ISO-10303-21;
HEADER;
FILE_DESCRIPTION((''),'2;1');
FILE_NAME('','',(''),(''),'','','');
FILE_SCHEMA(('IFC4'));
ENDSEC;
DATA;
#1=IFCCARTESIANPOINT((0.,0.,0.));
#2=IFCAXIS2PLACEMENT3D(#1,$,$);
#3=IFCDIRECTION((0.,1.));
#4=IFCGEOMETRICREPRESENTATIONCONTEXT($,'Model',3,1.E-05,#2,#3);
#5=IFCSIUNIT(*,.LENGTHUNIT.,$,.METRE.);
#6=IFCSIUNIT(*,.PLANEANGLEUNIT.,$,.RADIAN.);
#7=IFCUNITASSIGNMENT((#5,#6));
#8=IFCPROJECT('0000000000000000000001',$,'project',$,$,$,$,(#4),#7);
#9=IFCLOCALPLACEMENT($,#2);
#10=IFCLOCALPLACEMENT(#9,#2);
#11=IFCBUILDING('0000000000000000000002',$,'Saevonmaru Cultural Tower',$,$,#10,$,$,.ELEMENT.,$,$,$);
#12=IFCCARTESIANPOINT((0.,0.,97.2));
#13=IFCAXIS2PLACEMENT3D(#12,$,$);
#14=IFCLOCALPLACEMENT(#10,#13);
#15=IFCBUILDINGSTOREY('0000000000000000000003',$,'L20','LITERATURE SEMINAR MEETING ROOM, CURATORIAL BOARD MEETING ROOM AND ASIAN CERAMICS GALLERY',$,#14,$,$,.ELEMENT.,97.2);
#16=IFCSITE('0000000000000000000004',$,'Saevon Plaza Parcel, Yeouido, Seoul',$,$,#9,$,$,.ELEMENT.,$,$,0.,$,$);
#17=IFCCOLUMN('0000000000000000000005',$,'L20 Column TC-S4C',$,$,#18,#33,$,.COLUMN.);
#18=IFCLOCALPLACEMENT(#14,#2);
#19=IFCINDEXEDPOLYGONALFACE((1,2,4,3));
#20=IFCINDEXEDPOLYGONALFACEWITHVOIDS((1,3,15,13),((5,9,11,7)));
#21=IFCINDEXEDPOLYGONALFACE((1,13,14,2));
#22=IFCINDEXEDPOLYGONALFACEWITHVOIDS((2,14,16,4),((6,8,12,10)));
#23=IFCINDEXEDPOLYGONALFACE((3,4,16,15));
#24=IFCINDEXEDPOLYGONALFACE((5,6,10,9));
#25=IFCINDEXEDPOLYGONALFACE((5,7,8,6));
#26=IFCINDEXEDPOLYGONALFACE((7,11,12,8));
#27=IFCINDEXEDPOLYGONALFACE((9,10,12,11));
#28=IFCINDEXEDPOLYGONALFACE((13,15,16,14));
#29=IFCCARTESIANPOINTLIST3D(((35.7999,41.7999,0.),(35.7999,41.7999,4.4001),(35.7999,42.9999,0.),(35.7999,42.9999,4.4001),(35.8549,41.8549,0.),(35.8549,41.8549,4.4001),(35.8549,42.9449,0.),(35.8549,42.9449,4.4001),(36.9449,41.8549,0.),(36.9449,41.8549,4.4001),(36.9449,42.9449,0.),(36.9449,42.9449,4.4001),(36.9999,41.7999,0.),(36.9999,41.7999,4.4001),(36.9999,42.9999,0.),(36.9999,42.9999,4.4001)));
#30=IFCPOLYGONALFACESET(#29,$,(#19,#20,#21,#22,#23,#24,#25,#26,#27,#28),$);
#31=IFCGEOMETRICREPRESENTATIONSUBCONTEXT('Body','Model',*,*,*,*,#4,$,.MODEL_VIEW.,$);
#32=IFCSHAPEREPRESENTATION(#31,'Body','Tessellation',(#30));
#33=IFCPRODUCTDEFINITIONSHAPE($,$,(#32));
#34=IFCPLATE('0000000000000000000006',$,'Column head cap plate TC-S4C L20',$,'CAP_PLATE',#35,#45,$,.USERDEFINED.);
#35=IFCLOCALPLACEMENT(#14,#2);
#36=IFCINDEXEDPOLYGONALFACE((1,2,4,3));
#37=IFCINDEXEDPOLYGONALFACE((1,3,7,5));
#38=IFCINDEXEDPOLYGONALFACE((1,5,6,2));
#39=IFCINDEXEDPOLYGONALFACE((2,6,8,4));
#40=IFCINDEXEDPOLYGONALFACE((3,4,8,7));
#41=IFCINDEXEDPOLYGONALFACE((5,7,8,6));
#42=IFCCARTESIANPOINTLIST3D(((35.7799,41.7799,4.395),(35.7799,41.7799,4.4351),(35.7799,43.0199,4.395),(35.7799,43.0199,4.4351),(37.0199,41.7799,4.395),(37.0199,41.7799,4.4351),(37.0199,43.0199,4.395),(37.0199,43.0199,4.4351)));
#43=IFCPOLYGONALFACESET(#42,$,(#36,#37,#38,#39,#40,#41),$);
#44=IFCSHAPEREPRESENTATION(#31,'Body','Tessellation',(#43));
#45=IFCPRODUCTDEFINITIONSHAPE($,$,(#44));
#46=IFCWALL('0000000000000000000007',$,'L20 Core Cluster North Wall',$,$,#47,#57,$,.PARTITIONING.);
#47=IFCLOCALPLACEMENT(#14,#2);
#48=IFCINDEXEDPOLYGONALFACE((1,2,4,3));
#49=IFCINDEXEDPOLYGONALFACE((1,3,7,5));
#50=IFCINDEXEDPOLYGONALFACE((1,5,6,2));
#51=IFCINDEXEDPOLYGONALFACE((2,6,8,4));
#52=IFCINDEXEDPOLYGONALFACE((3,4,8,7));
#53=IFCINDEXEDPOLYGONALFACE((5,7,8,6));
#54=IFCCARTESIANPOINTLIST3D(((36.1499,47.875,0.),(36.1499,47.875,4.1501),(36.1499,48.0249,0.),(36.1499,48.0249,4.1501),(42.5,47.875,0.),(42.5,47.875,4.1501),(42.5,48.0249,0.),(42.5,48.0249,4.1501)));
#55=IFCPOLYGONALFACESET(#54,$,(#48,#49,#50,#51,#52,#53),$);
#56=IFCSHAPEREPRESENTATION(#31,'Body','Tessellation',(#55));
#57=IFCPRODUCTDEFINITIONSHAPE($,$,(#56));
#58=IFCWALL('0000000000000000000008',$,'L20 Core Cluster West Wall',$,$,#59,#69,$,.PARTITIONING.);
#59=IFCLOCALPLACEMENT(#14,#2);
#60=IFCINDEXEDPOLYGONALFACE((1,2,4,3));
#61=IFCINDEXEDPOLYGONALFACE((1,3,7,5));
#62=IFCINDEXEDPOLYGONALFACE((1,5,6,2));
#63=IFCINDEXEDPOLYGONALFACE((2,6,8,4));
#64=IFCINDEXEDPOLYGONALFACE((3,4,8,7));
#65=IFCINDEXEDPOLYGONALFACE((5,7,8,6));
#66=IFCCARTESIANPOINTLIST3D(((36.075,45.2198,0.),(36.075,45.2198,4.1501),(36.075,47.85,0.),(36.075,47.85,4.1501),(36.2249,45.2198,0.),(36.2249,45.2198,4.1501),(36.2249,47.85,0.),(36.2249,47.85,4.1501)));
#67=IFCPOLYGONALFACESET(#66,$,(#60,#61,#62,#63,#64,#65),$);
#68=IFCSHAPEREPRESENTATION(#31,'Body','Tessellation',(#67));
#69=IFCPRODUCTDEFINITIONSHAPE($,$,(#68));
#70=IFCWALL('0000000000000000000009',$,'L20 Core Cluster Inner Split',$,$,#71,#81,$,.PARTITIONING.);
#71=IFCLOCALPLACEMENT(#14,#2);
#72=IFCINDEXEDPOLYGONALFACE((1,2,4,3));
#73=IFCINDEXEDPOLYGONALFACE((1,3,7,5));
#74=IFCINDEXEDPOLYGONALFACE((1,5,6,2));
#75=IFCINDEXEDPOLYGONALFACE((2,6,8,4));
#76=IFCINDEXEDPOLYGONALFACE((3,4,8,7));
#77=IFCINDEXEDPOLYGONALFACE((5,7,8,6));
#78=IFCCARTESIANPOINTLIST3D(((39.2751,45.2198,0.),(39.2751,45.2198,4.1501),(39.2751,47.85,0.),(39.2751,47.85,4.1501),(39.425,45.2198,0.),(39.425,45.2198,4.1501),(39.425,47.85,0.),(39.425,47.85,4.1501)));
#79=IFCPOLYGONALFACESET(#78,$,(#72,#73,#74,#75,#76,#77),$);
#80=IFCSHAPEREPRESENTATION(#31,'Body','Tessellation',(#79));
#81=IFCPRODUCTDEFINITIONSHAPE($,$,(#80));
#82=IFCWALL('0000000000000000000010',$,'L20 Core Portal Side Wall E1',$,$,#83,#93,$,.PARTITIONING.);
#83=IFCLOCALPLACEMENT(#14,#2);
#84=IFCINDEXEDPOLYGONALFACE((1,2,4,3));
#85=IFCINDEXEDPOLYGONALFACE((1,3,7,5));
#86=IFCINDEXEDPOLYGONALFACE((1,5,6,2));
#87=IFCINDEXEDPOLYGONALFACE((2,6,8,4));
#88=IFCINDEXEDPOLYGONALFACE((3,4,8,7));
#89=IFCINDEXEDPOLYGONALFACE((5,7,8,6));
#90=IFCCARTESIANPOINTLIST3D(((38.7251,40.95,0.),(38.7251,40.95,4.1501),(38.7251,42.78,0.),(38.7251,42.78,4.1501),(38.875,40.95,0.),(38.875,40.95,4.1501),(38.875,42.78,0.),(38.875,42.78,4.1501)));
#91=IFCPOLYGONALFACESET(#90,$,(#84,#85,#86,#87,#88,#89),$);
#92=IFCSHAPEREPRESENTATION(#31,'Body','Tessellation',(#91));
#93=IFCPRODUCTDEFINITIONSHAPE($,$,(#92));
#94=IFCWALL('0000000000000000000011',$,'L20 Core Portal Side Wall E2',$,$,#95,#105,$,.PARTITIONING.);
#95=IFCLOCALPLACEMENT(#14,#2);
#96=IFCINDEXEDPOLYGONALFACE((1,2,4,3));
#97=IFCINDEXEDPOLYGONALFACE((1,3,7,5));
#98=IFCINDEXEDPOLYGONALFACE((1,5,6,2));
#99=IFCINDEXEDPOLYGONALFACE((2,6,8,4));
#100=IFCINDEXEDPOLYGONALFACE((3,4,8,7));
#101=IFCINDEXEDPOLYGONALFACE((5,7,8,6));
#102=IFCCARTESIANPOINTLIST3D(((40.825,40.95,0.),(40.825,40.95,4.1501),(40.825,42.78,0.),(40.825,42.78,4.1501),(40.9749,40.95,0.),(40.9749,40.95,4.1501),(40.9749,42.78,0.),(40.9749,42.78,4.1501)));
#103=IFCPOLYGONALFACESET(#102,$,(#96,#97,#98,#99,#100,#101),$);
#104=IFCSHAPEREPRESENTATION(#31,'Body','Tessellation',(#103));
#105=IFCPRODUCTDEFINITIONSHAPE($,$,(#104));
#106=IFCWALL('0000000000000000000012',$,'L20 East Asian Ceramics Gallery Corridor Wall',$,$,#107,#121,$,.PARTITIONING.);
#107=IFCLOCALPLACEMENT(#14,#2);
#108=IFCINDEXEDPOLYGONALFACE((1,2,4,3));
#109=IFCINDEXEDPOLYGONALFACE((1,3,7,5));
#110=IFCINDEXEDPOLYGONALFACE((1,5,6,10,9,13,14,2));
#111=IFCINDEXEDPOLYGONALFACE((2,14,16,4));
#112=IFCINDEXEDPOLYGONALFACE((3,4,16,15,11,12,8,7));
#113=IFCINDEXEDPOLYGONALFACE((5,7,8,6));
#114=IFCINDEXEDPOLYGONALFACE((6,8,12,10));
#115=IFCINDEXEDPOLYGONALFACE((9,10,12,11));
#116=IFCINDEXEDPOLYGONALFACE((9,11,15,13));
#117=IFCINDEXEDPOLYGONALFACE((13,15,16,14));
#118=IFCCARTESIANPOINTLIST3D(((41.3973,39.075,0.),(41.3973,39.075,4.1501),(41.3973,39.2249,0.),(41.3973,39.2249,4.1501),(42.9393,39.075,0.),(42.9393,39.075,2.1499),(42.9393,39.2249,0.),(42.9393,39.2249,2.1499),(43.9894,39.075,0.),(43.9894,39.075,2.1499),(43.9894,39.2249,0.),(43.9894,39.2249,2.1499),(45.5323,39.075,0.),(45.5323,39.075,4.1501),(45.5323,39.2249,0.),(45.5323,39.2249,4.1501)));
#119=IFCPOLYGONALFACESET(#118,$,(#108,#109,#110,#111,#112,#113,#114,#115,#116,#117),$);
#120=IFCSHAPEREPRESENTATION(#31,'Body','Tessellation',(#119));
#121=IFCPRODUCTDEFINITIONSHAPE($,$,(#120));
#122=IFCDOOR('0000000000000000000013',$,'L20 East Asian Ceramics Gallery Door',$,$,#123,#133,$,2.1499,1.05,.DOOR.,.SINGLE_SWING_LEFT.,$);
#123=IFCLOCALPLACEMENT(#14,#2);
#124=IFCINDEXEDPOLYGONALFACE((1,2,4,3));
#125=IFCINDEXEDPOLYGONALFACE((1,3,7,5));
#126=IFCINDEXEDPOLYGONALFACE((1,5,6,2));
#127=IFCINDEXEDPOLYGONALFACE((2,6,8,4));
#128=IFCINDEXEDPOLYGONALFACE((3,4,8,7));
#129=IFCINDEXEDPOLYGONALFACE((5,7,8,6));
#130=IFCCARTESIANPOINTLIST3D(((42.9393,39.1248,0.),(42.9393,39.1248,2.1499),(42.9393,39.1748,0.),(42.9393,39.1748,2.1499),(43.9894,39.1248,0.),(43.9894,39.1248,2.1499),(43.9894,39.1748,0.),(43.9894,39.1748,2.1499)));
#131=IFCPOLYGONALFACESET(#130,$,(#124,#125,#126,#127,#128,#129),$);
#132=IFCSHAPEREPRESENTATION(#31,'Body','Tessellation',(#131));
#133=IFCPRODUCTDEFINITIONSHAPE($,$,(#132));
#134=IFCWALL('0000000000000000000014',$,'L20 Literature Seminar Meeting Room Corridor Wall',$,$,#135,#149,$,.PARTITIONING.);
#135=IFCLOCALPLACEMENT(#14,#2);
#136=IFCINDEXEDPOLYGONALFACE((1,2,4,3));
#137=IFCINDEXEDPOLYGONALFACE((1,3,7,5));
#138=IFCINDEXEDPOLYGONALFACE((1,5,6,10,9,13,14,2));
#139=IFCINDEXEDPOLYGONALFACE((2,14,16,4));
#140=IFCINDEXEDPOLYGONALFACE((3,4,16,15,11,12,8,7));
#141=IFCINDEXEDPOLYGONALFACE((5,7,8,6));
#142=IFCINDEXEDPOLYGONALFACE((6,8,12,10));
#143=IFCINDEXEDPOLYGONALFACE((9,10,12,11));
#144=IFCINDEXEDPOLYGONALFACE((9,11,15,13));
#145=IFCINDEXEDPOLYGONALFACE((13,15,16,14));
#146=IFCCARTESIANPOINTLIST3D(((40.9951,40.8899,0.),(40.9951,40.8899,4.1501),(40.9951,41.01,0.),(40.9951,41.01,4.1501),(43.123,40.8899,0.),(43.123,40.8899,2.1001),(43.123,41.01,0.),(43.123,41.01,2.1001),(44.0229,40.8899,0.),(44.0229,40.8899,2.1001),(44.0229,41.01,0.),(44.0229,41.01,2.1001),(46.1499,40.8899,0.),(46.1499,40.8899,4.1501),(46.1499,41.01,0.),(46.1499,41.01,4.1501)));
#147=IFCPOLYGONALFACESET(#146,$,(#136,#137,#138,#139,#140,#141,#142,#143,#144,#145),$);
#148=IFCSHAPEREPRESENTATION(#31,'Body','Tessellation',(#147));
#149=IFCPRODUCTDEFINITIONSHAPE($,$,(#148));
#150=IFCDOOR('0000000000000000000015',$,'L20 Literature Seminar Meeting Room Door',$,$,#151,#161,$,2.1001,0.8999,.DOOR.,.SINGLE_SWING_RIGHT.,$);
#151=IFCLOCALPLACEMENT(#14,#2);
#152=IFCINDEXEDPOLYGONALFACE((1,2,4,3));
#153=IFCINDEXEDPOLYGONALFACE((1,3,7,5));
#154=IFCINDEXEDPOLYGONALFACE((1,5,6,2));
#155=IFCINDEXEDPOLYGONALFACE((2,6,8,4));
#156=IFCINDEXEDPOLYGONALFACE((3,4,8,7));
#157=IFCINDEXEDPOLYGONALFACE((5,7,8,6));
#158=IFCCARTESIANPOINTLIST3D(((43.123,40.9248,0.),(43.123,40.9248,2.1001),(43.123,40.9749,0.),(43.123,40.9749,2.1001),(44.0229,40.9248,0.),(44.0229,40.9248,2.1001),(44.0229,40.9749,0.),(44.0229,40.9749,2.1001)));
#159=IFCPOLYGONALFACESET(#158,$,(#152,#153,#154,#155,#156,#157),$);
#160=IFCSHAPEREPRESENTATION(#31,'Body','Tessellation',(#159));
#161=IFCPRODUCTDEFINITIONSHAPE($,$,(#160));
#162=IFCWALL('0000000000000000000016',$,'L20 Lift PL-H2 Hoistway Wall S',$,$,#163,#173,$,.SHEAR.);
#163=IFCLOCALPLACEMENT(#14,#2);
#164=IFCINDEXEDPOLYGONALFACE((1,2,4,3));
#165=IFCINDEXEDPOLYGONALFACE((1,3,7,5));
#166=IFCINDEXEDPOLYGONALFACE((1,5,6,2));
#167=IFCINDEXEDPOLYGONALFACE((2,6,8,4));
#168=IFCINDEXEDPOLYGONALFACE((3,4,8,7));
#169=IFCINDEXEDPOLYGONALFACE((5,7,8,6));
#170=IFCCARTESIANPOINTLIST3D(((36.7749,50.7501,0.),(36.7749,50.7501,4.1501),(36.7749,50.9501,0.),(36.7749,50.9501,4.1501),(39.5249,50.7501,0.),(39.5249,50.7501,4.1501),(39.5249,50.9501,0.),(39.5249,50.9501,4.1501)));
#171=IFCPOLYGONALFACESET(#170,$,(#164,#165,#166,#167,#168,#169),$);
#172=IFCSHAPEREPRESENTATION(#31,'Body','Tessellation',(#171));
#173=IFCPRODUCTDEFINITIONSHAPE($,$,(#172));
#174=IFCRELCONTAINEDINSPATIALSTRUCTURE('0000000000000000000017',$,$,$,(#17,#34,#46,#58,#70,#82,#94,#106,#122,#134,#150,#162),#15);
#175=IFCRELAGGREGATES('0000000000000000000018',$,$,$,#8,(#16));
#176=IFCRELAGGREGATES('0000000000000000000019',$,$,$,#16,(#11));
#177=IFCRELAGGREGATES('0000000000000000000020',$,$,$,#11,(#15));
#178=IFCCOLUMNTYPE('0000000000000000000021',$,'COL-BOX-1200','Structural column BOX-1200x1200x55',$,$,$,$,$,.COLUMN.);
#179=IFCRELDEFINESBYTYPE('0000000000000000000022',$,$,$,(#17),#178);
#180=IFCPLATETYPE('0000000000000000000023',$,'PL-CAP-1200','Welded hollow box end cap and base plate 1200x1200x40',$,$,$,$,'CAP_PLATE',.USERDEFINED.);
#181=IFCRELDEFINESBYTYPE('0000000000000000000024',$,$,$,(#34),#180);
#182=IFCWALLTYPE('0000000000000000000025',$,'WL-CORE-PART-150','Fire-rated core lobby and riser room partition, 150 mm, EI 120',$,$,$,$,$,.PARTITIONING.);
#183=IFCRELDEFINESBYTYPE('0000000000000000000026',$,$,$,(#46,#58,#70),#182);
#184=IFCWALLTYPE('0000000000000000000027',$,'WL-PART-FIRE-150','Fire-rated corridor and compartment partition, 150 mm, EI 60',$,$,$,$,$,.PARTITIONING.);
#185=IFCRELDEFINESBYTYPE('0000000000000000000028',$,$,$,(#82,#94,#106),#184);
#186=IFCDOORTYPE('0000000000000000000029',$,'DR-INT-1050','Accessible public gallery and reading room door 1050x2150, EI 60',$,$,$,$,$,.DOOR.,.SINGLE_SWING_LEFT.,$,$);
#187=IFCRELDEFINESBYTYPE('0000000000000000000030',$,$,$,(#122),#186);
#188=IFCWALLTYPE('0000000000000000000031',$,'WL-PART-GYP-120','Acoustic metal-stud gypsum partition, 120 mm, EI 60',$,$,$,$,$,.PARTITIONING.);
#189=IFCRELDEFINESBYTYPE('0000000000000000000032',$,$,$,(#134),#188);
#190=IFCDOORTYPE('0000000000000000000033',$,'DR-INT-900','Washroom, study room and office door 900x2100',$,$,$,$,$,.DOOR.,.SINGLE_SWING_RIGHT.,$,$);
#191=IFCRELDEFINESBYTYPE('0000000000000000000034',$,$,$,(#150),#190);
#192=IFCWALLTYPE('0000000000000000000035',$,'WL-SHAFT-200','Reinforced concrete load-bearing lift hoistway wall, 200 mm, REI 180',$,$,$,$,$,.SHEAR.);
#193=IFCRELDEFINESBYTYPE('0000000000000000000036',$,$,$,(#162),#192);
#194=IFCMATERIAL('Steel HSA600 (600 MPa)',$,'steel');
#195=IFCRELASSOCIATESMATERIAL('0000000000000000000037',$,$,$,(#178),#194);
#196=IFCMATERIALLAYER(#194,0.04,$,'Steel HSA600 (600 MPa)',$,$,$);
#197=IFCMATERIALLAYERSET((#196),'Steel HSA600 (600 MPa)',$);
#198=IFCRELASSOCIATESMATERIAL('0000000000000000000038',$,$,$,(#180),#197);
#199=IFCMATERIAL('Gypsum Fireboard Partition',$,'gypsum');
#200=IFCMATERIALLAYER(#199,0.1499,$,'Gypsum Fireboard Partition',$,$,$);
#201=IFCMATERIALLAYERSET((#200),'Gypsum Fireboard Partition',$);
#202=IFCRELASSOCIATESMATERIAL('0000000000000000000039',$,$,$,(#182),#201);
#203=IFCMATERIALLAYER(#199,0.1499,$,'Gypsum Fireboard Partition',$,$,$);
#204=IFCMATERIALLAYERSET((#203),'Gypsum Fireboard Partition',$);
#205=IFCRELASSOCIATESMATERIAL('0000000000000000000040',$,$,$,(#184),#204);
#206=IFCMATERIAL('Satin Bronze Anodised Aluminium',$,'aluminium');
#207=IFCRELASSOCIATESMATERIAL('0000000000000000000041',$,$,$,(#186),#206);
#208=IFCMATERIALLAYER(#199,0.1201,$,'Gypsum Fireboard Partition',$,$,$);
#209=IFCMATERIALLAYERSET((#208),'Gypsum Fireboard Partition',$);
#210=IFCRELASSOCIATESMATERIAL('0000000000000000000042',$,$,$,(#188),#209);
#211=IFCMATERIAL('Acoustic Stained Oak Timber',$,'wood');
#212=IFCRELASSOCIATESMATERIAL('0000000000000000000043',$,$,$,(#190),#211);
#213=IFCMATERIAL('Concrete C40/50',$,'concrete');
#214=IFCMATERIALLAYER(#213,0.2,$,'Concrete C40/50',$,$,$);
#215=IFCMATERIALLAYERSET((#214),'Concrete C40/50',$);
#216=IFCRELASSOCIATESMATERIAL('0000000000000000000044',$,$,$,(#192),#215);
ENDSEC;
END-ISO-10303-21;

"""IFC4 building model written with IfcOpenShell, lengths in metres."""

from ifc_helpers import new_model, si_unit, direction, frame, frame_2d, origin, origin_2d, place, context, subcontext, project, spatial, rectangle, hollow_rectangle, extrude, material, layer, layer_set, material_profile, profile_set, type_object, element, fill, save


model = new_model("IFC4")

# Units and contexts
model_context = context("Model", 3, precision=1e-05, world=origin(), true_north=direction((0.0, 1.0)))
body_context = subcontext(model_context, "Body", "Model", "MODEL_VIEW")
ifc_project = project(units=[si_unit("LENGTHUNIT", "METRE"), si_unit("PLANEANGLEUNIT", "RADIAN")], contexts=[model_context])

# Site, building, storey
site_placement = place(None, origin())
site = spatial("IfcSite", under=ifc_project, at=site_placement, Name="Saevon Plaza Parcel, Yeouido, Seoul", CompositionType="ELEMENT", RefElevation=0.0)
building_placement = place(site_placement, origin())
building = spatial("IfcBuilding", under=site, at=building_placement, Name="Saevonmaru Cultural Tower", CompositionType="ELEMENT")
storey_placement = place(building_placement, frame((0.0, 0.0, 97.2)))
storey = spatial("IfcBuildingStorey", under=building, at=storey_placement, Name="L20", Description="LITERATURE SEMINAR MEETING ROOM, CURATORIAL BOARD MEETING ROOM AND ASIAN CERAMICS GALLERY", CompositionType="ELEMENT", Elevation=97.2)

# Column
ifc_material_1 = material(Name="Steel HSA600 (600 MPa)", Category="steel")
ifc_material_profile = material_profile(ifc_material_1, hollow_rectangle(XDim=1.2, YDim=1.2, WallThickness=0.0549, at=origin_2d()), Name="BOX-1200x1200x55")
ifc_profile_set = profile_set([ifc_material_profile], Name="Steel HSA600 (600 MPa)")
column_type = type_object("IfcColumnType", Name="COL-BOX-1200", Description="Structural column BOX-1200x1200x55", PredefinedType="COLUMN", material=ifc_profile_set)
column_placement = place(storey_placement, frame((36.3999, 42.3999, 0.0), z_axis=(0.0, 0.0, 1.0), x_axis=(1.0, 0.0, 0.0)))
element("IfcColumn", 1, at=column_placement, inside=storey, type_object=column_type, Name="L20 Column TC-S4C", PredefinedType="COLUMN", context=body_context, shape_type="SweptSolid", body=[
    extrude(hollow_rectangle(XDim=1.2, YDim=1.2, WallThickness=0.0549, at=origin_2d()), origin(), (0.0, 0.0, 1.0), 4.4001),
])

# Plate
ifc_layer_1 = layer(ifc_material_1, 0.04, Name="Steel HSA600 (600 MPa)")
ifc_layer_set_1 = layer_set([ifc_layer_1], Name="Steel HSA600 (600 MPa)")
plate_type = type_object("IfcPlateType", Name="PL-CAP-1200", Description="Welded hollow box end cap and base plate 1200x1200x40", ElementType="CAP_PLATE", PredefinedType="USERDEFINED", material=ifc_layer_set_1)
plate_placement = place(storey_placement, frame((36.3999, 42.3999, 4.395), z_axis=(0.0, 0.0, 1.0), x_axis=(1.0, 0.0, 0.0)))
element("IfcPlate", 2, at=plate_placement, inside=storey, type_object=plate_type, Name="Column head cap plate TC-S4C L20", ObjectType="CAP_PLATE", PredefinedType="USERDEFINED", context=body_context, shape_type="SweptSolid", body=[
    extrude(rectangle(XDim=1.24, YDim=1.24, at=origin_2d()), origin(), (0.0, 0.0, 1.0), 0.04),
])

# Shared definitions
ifc_material_2 = material(Name="Gypsum Fireboard Partition", Category="gypsum")
ifc_layer_2 = layer(ifc_material_2, 0.1499, Name="Gypsum Fireboard Partition")
ifc_layer_set_2 = layer_set([ifc_layer_2], Name="Gypsum Fireboard Partition")
wall_type_1 = type_object("IfcWallType", Name="WL-CORE-PART-150", Description="Fire-rated core lobby and riser room partition, 150 mm, EI 120", PredefinedType="PARTITIONING", material=ifc_layer_set_2)
ifc_material_3 = material(Name="Satin Bronze Anodised Aluminium", Category="aluminium")

# Walls
wall_1_placement = place(storey_placement, frame((36.1499, 47.95, 0.0), z_axis=(0.0, 0.0, 1.0), x_axis=(1.0, 0.0, 0.0)))
element("IfcWall", 3, at=wall_1_placement, inside=storey, type_object=wall_type_1, Name="L20 Core Cluster North Wall", PredefinedType="PARTITIONING", context=body_context, shape_type="SweptSolid", body=[
    extrude(rectangle(XDim=6.3501, YDim=0.1499, at=frame_2d((3.175, 0.0))), origin(), (0.0, 0.0, 1.0), 4.1501),
])
for number, where, z_axis, x_axis, name in (
    (4, (36.1499, 45.22, 0.0), (0.0, 0.0, 1.0), (0.0, 1.0, 0.0), "L20 Core Cluster West Wall"),
    (5, (39.3501, 45.22, 0.0), (0.0, 0.0, 1.0), (0.0, 1.0, 0.0), "L20 Core Cluster Inner Split"),
):
    element("IfcWall", number, at=place(storey_placement, frame(where, z_axis=z_axis, x_axis=x_axis)), inside=storey, type_object=wall_type_1, Name=name, PredefinedType="PARTITIONING", context=body_context, shape_type="SweptSolid", body=[
        extrude(rectangle(XDim=2.6301, YDim=0.1499, at=frame_2d((1.3149, 0.0))), origin(), (0.0, 0.0, 1.0), 4.1501),
    ])
ifc_layer_3 = layer(ifc_material_2, 0.1499, Name="Gypsum Fireboard Partition")
ifc_layer_set_3 = layer_set([ifc_layer_3], Name="Gypsum Fireboard Partition")
wall_type_2 = type_object("IfcWallType", Name="WL-PART-FIRE-150", Description="Fire-rated corridor and compartment partition, 150 mm, EI 60", PredefinedType="PARTITIONING", material=ifc_layer_set_3)
for number, where, z_axis, x_axis, name in (
    (6, (38.8, 40.95, 0.0), (0.0, 0.0, 1.0), (0.0, 1.0, 0.0), "L20 Core Portal Side Wall E1"),
    (7, (40.8999, 40.95, 0.0), (0.0, 0.0, 1.0), (0.0, 1.0, 0.0), "L20 Core Portal Side Wall E2"),
):
    element("IfcWall", number, at=place(storey_placement, frame(where, z_axis=z_axis, x_axis=x_axis)), inside=storey, type_object=wall_type_2, Name=name, PredefinedType="PARTITIONING", context=body_context, shape_type="SweptSolid", body=[
        extrude(rectangle(XDim=1.8301, YDim=0.1499, at=frame_2d((0.915, 0.0))), origin(), (0.0, 0.0, 1.0), 4.1501),
    ])

# Walls, openings, doors
wall_2_placement = place(storey_placement, frame((41.3975, 39.1499, 0.0), z_axis=(0.0, 0.0, 1.0), x_axis=(1.0, 0.0, 0.0)))
wall_2 = element("IfcWall", 8, at=wall_2_placement, inside=storey, type_object=wall_type_2, Name="L20 East Asian Ceramics Gallery Corridor Wall", PredefinedType="PARTITIONING", context=body_context, shape_type="SweptSolid", body=[
    extrude(rectangle(XDim=4.135, YDim=0.1499, at=frame_2d((2.0674, 0.0))), origin(), (0.0, 0.0, 1.0), 4.1501),
])
opening_1_placement = place(wall_2_placement, frame((1.542, 0.0, 0.0)))
opening_1 = element("IfcOpeningElement", 9, at=opening_1_placement, cuts=wall_2, PredefinedType="OPENING", context=body_context, shape_type="SweptSolid", body=[
    extrude(rectangle(XDim=1.05, YDim=2.1499, at=frame_2d((0.5249, 1.075))), frame((0.0, 0.085, 0.0), z_axis=(0.0, -1.0, 0.0), x_axis=(1.0, 0.0, 0.0)), (0.0, 0.0, 1.0), 0.1699),
])
door_type_1 = type_object("IfcDoorType", Name="DR-INT-1050", Description="Accessible public gallery and reading room door 1050x2150, EI 60", OperationType="SINGLE_SWING_LEFT", PredefinedType="DOOR", material=ifc_material_3)
door_1_placement = place(opening_1_placement, origin())
door_1 = element("IfcDoor", 10, at=door_1_placement, inside=storey, type_object=door_type_1, Name="L20 East Asian Ceramics Gallery Door", OperationType="SINGLE_SWING_LEFT", OverallHeight=2.1499, OverallWidth=1.05, PredefinedType="DOOR", context=body_context, shape_type="SweptSolid", body=[
    extrude(rectangle(XDim=1.05, YDim=2.1499, at=frame_2d((0.5249, 1.075))), frame((0.0, 0.0249, 0.0), z_axis=(0.0, -1.0, 0.0), x_axis=(1.0, 0.0, 0.0)), (0.0, 0.0, 1.0), 0.05),
])
fill(opening_1, door_1)
ifc_layer_4 = layer(ifc_material_2, 0.1201, Name="Gypsum Fireboard Partition")
ifc_layer_set_4 = layer_set([ifc_layer_4], Name="Gypsum Fireboard Partition")
wall_type_3 = type_object("IfcWallType", Name="WL-PART-GYP-120", Description="Acoustic metal-stud gypsum partition, 120 mm, EI 60", PredefinedType="PARTITIONING", material=ifc_layer_set_4)
wall_3_placement = place(storey_placement, frame((40.9951, 40.95, 0.0), z_axis=(0.0, 0.0, 1.0), x_axis=(1.0, 0.0, 0.0)))
wall_3 = element("IfcWall", 11, at=wall_3_placement, inside=storey, type_object=wall_type_3, Name="L20 Literature Seminar Meeting Room Corridor Wall", PredefinedType="PARTITIONING", context=body_context, shape_type="SweptSolid", body=[
    extrude(rectangle(XDim=5.1548, YDim=0.1201, at=frame_2d((2.5774, 0.0))), origin(), (0.0, 0.0, 1.0), 4.1501),
])
opening_2_placement = place(wall_3_placement, frame((2.1279, 0.0, 0.0)))
opening_2 = element("IfcOpeningElement", 12, at=opening_2_placement, cuts=wall_3, PredefinedType="OPENING", context=body_context, shape_type="SweptSolid", body=[
    extrude(rectangle(XDim=0.8999, YDim=2.1001, at=frame_2d((0.45, 1.05))), frame((0.0, 0.0701, 0.0), z_axis=(0.0, -1.0, 0.0), x_axis=(1.0, 0.0, 0.0)), (0.0, 0.0, 1.0), 0.1401),
])
ifc_material_4 = material(Name="Acoustic Stained Oak Timber", Category="wood")
door_type_2 = type_object("IfcDoorType", Name="DR-INT-900", Description="Washroom, study room and office door 900x2100", OperationType="SINGLE_SWING_RIGHT", PredefinedType="DOOR", material=ifc_material_4)
door_2_placement = place(opening_2_placement, origin())
door_2 = element("IfcDoor", 13, at=door_2_placement, inside=storey, type_object=door_type_2, Name="L20 Literature Seminar Meeting Room Door", OperationType="SINGLE_SWING_RIGHT", OverallHeight=2.1001, OverallWidth=0.8999, PredefinedType="DOOR", context=body_context, shape_type="SweptSolid", body=[
    extrude(rectangle(XDim=0.8999, YDim=2.1001, at=frame_2d((0.45, 1.05))), frame((0.0, 0.0249, 0.0), z_axis=(0.0, -1.0, 0.0), x_axis=(1.0, 0.0, 0.0)), (0.0, 0.0, 1.0), 0.05),
])
fill(opening_2, door_2)

# Wall
ifc_material_5 = material(Name="Concrete C40/50", Category="concrete")
ifc_layer_5 = layer(ifc_material_5, 0.2, Name="Concrete C40/50")
ifc_layer_set_5 = layer_set([ifc_layer_5], Name="Concrete C40/50")
wall_type_4 = type_object("IfcWallType", Name="WL-SHAFT-200", Description="Reinforced concrete load-bearing lift hoistway wall, 200 mm, REI 180", PredefinedType="SHEAR", material=ifc_layer_set_5)
wall_4_placement = place(storey_placement, frame((36.7749, 50.8501, 0.0), z_axis=(0.0, 0.0, 1.0), x_axis=(1.0, 0.0, 0.0)))
element("IfcWall", 14, at=wall_4_placement, inside=storey, type_object=wall_type_4, Name="L20 Lift PL-H2 Hoistway Wall S", PredefinedType="SHEAR", context=body_context, shape_type="SweptSolid", body=[
    extrude(rectangle(XDim=2.75, YDim=0.2, at=frame_2d((1.375, 0.0))), origin(), (0.0, 0.0, 1.0), 4.1501),
])

save(model, "model.ifc")
